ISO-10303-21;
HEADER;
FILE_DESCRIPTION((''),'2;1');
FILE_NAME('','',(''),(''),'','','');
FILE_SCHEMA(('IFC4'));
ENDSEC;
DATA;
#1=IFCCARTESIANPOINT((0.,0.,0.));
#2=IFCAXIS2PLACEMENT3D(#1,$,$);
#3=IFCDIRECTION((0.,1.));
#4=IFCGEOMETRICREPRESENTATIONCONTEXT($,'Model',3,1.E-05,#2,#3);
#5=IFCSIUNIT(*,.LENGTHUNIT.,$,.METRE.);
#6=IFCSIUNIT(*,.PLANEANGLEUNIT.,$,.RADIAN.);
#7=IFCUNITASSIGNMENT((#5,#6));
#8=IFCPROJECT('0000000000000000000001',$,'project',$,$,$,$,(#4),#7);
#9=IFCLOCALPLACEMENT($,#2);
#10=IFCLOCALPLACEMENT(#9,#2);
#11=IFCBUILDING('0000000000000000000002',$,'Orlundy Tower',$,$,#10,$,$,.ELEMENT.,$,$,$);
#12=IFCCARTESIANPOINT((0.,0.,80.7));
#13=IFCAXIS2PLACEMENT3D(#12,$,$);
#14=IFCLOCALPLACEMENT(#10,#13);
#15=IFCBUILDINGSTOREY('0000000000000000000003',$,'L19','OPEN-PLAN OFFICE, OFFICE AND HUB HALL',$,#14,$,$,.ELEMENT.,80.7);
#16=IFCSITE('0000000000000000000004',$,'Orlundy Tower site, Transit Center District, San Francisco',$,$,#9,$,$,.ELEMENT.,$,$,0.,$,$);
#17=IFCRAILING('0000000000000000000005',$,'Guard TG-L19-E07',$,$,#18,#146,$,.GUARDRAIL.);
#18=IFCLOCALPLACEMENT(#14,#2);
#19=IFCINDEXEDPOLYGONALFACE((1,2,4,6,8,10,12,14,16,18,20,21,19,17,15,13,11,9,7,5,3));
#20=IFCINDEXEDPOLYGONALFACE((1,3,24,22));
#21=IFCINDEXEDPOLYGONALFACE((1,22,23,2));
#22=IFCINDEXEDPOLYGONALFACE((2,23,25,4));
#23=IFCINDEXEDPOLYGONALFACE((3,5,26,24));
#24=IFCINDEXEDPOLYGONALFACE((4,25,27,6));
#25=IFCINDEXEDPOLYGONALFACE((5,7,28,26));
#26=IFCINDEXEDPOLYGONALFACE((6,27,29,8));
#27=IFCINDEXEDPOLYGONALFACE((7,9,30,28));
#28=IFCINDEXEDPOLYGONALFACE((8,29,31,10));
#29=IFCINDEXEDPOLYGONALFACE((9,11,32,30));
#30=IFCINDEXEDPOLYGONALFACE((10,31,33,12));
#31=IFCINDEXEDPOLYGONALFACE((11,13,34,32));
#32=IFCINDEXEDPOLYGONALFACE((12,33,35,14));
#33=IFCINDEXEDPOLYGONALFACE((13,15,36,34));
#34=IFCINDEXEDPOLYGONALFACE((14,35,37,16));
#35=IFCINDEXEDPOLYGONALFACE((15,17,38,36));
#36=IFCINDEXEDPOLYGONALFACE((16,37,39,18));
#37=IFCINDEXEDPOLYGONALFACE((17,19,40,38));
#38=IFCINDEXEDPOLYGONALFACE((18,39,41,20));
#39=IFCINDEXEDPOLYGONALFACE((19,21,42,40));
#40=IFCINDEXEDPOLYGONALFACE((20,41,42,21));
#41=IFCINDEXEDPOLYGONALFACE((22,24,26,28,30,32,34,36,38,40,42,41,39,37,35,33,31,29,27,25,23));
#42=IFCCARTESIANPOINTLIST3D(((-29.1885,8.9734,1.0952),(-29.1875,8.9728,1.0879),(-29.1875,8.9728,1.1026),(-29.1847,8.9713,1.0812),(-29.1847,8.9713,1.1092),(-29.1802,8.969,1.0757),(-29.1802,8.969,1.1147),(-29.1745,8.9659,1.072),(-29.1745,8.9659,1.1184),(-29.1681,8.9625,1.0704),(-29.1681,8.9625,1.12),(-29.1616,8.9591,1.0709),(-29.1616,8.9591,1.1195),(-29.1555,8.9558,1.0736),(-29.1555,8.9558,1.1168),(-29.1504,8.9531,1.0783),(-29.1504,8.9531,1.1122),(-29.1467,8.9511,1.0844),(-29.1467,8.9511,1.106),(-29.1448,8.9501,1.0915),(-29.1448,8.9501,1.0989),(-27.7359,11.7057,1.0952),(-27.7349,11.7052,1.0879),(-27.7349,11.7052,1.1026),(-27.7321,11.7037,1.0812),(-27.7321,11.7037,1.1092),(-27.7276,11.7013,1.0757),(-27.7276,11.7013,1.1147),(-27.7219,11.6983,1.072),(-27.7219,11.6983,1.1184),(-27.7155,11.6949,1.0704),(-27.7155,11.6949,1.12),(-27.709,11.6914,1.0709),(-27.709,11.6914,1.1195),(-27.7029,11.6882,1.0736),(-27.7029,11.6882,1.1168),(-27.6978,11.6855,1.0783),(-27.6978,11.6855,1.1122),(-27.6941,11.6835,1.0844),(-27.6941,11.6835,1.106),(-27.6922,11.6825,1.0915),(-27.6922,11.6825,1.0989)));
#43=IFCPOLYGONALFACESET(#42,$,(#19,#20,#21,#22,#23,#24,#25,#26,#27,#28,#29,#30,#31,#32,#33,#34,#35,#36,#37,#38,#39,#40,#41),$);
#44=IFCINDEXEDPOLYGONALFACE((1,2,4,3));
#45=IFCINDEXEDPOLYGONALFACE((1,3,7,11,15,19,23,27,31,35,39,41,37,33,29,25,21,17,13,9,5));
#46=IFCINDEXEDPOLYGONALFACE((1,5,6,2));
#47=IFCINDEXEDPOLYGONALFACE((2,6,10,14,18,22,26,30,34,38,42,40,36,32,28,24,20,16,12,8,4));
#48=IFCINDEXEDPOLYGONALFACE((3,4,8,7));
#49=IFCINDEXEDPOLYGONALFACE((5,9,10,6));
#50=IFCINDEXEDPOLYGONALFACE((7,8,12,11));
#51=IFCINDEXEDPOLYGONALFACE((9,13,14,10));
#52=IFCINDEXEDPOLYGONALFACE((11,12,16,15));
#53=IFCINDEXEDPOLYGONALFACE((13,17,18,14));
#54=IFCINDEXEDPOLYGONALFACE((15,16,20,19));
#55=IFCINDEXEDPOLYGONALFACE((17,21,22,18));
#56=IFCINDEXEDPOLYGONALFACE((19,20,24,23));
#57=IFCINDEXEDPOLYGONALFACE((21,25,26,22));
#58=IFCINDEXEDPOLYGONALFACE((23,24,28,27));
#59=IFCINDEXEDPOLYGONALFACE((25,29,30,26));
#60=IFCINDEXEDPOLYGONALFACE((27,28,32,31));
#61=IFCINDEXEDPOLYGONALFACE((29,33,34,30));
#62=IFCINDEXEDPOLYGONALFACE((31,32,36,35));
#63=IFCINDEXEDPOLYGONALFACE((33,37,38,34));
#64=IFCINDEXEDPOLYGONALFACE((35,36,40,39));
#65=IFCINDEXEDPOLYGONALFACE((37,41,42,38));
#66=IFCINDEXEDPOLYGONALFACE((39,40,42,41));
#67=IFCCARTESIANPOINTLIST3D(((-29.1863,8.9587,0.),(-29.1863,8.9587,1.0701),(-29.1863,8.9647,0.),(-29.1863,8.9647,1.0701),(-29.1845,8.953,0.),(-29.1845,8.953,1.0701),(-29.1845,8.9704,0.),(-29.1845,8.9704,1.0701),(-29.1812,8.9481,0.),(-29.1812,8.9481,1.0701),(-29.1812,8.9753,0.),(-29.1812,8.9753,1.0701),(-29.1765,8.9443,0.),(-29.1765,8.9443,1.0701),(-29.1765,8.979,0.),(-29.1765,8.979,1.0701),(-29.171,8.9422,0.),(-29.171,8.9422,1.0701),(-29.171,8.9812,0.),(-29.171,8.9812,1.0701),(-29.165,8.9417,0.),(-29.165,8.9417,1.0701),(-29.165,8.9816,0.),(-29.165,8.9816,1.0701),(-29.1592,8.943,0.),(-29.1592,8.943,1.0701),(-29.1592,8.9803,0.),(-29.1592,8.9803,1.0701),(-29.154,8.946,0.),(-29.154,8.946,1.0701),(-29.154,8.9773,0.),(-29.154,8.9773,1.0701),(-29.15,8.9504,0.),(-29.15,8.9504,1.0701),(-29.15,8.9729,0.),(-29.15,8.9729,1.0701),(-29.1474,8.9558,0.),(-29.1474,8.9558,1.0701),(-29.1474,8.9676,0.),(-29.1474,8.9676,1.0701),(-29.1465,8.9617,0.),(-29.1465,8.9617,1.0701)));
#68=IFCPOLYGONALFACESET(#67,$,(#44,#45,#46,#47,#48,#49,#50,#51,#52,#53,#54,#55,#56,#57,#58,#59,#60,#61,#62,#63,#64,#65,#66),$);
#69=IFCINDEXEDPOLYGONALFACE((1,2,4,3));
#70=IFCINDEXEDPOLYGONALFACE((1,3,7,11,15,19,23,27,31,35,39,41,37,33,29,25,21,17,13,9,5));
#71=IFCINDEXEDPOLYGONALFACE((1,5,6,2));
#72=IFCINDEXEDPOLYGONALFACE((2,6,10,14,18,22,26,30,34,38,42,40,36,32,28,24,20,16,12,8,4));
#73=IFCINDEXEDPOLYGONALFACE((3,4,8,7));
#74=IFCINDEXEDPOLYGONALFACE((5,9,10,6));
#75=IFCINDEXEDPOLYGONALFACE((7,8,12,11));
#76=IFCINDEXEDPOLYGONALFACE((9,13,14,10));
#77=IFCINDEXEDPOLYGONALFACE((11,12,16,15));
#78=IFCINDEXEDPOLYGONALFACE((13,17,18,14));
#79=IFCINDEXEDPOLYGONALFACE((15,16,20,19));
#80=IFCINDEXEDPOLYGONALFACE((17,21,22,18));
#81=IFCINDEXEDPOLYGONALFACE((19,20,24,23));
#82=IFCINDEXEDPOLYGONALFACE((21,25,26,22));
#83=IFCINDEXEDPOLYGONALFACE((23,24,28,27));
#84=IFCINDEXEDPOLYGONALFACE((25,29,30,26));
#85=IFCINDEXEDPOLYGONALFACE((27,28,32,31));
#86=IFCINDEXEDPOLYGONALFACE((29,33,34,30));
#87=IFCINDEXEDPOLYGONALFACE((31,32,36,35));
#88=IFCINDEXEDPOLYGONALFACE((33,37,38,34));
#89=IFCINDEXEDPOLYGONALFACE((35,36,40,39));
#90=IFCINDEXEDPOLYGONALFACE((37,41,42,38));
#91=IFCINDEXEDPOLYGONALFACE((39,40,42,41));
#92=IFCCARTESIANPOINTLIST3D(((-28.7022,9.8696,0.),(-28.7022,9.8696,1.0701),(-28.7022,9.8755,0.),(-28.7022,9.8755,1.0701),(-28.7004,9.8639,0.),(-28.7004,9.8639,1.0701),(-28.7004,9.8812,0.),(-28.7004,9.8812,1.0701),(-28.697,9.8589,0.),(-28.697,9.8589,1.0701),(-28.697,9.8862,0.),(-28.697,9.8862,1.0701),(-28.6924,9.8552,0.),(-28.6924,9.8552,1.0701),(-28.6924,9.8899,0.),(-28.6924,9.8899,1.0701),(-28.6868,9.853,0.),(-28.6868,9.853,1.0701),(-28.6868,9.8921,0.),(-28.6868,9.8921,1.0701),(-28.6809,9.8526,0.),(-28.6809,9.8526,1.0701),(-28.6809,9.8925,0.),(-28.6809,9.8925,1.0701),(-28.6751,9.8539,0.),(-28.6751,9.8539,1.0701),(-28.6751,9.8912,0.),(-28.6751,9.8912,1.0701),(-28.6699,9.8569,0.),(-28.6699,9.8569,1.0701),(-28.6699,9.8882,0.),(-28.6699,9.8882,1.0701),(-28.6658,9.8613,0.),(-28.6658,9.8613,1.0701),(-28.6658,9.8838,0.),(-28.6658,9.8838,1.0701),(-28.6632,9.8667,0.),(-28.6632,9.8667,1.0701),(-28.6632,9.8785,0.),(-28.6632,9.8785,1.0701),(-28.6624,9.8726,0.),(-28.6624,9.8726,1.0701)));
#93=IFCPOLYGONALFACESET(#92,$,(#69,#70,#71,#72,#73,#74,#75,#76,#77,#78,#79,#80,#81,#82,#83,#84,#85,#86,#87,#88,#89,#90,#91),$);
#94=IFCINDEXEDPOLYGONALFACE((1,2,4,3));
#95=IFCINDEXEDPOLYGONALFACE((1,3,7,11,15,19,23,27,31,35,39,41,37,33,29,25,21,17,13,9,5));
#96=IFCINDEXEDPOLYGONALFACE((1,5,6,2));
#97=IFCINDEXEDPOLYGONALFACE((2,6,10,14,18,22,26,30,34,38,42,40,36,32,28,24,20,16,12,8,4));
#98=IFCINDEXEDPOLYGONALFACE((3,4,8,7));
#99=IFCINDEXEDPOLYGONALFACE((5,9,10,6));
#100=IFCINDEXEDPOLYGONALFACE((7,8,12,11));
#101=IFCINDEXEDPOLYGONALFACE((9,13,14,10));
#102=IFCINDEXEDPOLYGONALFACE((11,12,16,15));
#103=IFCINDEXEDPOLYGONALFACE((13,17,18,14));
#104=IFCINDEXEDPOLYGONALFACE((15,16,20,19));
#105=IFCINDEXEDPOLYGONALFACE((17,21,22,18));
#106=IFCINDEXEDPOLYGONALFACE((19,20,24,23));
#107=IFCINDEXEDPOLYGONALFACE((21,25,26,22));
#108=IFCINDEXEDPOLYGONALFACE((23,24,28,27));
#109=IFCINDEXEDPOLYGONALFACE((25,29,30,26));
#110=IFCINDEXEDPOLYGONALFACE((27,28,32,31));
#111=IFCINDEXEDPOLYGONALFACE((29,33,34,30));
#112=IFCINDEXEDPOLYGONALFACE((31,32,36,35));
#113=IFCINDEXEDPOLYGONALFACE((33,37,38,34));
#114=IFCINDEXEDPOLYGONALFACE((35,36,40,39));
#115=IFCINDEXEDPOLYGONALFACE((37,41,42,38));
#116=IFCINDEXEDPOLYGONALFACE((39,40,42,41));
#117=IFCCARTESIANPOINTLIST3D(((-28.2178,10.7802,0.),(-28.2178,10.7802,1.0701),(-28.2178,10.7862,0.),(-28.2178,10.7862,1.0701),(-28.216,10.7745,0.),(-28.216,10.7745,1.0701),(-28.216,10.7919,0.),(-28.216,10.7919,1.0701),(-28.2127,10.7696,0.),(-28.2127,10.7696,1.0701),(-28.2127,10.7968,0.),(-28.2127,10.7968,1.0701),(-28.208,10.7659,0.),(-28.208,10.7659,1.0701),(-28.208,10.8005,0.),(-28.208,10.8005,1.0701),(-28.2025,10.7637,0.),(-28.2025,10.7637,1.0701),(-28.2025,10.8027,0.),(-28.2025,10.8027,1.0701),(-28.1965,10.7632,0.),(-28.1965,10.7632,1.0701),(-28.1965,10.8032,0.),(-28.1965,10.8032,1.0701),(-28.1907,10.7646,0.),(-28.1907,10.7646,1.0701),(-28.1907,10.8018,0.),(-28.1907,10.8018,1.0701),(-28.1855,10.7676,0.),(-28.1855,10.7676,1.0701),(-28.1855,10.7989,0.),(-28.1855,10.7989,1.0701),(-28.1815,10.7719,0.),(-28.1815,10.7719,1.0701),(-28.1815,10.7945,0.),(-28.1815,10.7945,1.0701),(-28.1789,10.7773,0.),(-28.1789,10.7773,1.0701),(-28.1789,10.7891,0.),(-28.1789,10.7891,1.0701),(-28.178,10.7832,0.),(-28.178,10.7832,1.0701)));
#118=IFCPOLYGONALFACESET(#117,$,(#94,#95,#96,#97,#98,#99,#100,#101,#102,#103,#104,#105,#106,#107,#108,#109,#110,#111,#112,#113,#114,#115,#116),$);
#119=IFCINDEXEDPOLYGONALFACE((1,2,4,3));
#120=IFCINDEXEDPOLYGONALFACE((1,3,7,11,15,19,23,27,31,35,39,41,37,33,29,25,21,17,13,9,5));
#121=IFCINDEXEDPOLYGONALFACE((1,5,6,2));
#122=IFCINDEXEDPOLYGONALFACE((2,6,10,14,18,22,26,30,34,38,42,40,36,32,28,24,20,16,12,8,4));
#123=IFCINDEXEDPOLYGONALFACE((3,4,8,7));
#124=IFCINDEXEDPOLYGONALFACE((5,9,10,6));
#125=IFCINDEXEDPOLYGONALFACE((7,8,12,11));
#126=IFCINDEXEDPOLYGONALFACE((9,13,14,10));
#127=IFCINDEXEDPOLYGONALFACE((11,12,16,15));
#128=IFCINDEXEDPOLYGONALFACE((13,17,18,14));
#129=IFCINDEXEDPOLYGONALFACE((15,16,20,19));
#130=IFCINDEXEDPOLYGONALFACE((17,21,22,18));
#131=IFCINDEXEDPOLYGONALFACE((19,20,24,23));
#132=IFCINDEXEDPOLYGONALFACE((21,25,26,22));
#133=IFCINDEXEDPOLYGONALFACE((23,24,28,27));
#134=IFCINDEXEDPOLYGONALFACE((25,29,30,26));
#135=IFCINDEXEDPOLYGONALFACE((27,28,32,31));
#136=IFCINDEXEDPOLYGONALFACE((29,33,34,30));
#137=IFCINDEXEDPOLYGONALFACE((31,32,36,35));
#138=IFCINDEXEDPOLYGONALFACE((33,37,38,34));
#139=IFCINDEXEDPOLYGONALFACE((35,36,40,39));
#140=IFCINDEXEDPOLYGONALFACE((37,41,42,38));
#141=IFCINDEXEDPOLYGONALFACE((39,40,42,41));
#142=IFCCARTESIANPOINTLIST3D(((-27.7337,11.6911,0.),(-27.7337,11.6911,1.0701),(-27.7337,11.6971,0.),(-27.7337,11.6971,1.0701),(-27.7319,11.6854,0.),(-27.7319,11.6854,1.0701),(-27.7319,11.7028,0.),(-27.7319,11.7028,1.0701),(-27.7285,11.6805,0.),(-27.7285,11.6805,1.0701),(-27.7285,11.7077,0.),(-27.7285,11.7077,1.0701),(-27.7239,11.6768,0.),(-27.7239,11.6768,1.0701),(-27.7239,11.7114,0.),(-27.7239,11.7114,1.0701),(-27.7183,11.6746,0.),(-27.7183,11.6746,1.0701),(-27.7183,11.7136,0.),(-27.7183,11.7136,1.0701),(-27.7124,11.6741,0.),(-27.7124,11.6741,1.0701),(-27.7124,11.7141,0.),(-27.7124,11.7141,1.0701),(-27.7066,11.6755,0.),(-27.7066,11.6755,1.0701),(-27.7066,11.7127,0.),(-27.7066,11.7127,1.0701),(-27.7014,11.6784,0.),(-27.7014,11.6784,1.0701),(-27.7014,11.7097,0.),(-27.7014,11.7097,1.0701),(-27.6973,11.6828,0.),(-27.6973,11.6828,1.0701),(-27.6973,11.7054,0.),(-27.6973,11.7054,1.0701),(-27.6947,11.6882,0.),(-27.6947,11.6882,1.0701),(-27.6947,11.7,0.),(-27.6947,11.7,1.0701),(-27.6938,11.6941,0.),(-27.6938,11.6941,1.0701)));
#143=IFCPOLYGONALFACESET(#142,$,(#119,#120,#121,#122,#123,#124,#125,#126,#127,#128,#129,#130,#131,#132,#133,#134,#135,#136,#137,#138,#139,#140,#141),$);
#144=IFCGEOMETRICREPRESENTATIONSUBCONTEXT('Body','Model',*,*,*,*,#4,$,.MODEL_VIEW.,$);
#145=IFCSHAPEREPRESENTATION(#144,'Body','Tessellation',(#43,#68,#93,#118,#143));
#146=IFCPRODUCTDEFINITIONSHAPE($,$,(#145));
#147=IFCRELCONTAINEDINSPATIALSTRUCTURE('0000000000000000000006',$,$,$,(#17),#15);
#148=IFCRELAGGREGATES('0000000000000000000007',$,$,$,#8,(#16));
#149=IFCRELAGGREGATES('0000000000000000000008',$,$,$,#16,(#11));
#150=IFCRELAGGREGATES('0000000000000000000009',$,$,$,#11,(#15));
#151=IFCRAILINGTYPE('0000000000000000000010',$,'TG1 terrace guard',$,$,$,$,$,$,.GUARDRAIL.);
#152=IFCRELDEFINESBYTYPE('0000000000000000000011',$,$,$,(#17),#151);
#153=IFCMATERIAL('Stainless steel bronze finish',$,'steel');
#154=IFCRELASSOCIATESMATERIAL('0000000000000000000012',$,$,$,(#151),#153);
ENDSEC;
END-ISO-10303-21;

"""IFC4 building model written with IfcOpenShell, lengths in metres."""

from ifc_helpers import new_model, si_unit, direction, frame, origin, origin_2d, place, context, subcontext, project, spatial, circle, extrude, material, type_object, element, save


model = new_model("IFC4")

# Units and contexts
model_context = context("Model", 3, precision=1e-05, world=origin(), true_north=direction((0.0, 1.0)))
body_context = subcontext(model_context, "Body", "Model", "MODEL_VIEW")
ifc_project = project(units=[si_unit("LENGTHUNIT", "METRE"), si_unit("PLANEANGLEUNIT", "RADIAN")], contexts=[model_context])

# Site, building, storey
site_placement = place(None, origin())
site = spatial("IfcSite", under=ifc_project, at=site_placement, Name="Orlundy Tower site, Transit Center District, San Francisco", CompositionType="ELEMENT", RefElevation=0.0)
building_placement = place(site_placement, origin())
building = spatial("IfcBuilding", under=site, at=building_placement, Name="Orlundy Tower", CompositionType="ELEMENT")
storey_placement = place(building_placement, frame((0.0, 0.0, 80.7)))
storey = spatial("IfcBuildingStorey", under=building, at=storey_placement, Name="L19", Description="OPEN-PLAN OFFICE, OFFICE AND HUB HALL", CompositionType="ELEMENT", Elevation=80.7)

# Railing
ifc_material_1 = material(Name="Stainless steel bronze finish", Category="steel")
railing_type_1 = type_object("IfcRailingType", Name="TG1 terrace guard", PredefinedType="GUARDRAIL", material=ifc_material_1)
railing_1_placement = place(storey_placement, frame((-29.1665, 8.9617, 0.0)))
element("IfcRailing", 1, at=railing_1_placement, inside=storey, type_object=railing_type_1, Name="Guard TG-L19-E07", PredefinedType="GUARDRAIL", context=body_context, shape_type="SweptSolid", body=[
    extrude(circle(Radius=0.0249, at=origin_2d()), frame((0.0, 0.0, 1.0952), z_axis=(0.469417, 0.882977, 0.0), x_axis=(-0.882977, 0.469417, 0.0)), (0.0, 0.0, 1.0), 3.0945),
    extrude(circle(Radius=0.02, at=origin_2d()), origin(), (0.0, 0.0, 1.0), 1.0701),
    extrude(circle(Radius=0.02, at=origin_2d()), frame((0.4841, 0.9109, 0.0)), (0.0, 0.0, 1.0), 1.0701),
    extrude(circle(Radius=0.02, at=origin_2d()), frame((0.9685, 1.8215, 0.0)), (0.0, 0.0, 1.0), 1.0701),
    extrude(circle(Radius=0.02, at=origin_2d()), frame((1.4526, 2.7324, 0.0)), (0.0, 0.0, 1.0), 1.0701),
])

save(model, "model.ifc")
